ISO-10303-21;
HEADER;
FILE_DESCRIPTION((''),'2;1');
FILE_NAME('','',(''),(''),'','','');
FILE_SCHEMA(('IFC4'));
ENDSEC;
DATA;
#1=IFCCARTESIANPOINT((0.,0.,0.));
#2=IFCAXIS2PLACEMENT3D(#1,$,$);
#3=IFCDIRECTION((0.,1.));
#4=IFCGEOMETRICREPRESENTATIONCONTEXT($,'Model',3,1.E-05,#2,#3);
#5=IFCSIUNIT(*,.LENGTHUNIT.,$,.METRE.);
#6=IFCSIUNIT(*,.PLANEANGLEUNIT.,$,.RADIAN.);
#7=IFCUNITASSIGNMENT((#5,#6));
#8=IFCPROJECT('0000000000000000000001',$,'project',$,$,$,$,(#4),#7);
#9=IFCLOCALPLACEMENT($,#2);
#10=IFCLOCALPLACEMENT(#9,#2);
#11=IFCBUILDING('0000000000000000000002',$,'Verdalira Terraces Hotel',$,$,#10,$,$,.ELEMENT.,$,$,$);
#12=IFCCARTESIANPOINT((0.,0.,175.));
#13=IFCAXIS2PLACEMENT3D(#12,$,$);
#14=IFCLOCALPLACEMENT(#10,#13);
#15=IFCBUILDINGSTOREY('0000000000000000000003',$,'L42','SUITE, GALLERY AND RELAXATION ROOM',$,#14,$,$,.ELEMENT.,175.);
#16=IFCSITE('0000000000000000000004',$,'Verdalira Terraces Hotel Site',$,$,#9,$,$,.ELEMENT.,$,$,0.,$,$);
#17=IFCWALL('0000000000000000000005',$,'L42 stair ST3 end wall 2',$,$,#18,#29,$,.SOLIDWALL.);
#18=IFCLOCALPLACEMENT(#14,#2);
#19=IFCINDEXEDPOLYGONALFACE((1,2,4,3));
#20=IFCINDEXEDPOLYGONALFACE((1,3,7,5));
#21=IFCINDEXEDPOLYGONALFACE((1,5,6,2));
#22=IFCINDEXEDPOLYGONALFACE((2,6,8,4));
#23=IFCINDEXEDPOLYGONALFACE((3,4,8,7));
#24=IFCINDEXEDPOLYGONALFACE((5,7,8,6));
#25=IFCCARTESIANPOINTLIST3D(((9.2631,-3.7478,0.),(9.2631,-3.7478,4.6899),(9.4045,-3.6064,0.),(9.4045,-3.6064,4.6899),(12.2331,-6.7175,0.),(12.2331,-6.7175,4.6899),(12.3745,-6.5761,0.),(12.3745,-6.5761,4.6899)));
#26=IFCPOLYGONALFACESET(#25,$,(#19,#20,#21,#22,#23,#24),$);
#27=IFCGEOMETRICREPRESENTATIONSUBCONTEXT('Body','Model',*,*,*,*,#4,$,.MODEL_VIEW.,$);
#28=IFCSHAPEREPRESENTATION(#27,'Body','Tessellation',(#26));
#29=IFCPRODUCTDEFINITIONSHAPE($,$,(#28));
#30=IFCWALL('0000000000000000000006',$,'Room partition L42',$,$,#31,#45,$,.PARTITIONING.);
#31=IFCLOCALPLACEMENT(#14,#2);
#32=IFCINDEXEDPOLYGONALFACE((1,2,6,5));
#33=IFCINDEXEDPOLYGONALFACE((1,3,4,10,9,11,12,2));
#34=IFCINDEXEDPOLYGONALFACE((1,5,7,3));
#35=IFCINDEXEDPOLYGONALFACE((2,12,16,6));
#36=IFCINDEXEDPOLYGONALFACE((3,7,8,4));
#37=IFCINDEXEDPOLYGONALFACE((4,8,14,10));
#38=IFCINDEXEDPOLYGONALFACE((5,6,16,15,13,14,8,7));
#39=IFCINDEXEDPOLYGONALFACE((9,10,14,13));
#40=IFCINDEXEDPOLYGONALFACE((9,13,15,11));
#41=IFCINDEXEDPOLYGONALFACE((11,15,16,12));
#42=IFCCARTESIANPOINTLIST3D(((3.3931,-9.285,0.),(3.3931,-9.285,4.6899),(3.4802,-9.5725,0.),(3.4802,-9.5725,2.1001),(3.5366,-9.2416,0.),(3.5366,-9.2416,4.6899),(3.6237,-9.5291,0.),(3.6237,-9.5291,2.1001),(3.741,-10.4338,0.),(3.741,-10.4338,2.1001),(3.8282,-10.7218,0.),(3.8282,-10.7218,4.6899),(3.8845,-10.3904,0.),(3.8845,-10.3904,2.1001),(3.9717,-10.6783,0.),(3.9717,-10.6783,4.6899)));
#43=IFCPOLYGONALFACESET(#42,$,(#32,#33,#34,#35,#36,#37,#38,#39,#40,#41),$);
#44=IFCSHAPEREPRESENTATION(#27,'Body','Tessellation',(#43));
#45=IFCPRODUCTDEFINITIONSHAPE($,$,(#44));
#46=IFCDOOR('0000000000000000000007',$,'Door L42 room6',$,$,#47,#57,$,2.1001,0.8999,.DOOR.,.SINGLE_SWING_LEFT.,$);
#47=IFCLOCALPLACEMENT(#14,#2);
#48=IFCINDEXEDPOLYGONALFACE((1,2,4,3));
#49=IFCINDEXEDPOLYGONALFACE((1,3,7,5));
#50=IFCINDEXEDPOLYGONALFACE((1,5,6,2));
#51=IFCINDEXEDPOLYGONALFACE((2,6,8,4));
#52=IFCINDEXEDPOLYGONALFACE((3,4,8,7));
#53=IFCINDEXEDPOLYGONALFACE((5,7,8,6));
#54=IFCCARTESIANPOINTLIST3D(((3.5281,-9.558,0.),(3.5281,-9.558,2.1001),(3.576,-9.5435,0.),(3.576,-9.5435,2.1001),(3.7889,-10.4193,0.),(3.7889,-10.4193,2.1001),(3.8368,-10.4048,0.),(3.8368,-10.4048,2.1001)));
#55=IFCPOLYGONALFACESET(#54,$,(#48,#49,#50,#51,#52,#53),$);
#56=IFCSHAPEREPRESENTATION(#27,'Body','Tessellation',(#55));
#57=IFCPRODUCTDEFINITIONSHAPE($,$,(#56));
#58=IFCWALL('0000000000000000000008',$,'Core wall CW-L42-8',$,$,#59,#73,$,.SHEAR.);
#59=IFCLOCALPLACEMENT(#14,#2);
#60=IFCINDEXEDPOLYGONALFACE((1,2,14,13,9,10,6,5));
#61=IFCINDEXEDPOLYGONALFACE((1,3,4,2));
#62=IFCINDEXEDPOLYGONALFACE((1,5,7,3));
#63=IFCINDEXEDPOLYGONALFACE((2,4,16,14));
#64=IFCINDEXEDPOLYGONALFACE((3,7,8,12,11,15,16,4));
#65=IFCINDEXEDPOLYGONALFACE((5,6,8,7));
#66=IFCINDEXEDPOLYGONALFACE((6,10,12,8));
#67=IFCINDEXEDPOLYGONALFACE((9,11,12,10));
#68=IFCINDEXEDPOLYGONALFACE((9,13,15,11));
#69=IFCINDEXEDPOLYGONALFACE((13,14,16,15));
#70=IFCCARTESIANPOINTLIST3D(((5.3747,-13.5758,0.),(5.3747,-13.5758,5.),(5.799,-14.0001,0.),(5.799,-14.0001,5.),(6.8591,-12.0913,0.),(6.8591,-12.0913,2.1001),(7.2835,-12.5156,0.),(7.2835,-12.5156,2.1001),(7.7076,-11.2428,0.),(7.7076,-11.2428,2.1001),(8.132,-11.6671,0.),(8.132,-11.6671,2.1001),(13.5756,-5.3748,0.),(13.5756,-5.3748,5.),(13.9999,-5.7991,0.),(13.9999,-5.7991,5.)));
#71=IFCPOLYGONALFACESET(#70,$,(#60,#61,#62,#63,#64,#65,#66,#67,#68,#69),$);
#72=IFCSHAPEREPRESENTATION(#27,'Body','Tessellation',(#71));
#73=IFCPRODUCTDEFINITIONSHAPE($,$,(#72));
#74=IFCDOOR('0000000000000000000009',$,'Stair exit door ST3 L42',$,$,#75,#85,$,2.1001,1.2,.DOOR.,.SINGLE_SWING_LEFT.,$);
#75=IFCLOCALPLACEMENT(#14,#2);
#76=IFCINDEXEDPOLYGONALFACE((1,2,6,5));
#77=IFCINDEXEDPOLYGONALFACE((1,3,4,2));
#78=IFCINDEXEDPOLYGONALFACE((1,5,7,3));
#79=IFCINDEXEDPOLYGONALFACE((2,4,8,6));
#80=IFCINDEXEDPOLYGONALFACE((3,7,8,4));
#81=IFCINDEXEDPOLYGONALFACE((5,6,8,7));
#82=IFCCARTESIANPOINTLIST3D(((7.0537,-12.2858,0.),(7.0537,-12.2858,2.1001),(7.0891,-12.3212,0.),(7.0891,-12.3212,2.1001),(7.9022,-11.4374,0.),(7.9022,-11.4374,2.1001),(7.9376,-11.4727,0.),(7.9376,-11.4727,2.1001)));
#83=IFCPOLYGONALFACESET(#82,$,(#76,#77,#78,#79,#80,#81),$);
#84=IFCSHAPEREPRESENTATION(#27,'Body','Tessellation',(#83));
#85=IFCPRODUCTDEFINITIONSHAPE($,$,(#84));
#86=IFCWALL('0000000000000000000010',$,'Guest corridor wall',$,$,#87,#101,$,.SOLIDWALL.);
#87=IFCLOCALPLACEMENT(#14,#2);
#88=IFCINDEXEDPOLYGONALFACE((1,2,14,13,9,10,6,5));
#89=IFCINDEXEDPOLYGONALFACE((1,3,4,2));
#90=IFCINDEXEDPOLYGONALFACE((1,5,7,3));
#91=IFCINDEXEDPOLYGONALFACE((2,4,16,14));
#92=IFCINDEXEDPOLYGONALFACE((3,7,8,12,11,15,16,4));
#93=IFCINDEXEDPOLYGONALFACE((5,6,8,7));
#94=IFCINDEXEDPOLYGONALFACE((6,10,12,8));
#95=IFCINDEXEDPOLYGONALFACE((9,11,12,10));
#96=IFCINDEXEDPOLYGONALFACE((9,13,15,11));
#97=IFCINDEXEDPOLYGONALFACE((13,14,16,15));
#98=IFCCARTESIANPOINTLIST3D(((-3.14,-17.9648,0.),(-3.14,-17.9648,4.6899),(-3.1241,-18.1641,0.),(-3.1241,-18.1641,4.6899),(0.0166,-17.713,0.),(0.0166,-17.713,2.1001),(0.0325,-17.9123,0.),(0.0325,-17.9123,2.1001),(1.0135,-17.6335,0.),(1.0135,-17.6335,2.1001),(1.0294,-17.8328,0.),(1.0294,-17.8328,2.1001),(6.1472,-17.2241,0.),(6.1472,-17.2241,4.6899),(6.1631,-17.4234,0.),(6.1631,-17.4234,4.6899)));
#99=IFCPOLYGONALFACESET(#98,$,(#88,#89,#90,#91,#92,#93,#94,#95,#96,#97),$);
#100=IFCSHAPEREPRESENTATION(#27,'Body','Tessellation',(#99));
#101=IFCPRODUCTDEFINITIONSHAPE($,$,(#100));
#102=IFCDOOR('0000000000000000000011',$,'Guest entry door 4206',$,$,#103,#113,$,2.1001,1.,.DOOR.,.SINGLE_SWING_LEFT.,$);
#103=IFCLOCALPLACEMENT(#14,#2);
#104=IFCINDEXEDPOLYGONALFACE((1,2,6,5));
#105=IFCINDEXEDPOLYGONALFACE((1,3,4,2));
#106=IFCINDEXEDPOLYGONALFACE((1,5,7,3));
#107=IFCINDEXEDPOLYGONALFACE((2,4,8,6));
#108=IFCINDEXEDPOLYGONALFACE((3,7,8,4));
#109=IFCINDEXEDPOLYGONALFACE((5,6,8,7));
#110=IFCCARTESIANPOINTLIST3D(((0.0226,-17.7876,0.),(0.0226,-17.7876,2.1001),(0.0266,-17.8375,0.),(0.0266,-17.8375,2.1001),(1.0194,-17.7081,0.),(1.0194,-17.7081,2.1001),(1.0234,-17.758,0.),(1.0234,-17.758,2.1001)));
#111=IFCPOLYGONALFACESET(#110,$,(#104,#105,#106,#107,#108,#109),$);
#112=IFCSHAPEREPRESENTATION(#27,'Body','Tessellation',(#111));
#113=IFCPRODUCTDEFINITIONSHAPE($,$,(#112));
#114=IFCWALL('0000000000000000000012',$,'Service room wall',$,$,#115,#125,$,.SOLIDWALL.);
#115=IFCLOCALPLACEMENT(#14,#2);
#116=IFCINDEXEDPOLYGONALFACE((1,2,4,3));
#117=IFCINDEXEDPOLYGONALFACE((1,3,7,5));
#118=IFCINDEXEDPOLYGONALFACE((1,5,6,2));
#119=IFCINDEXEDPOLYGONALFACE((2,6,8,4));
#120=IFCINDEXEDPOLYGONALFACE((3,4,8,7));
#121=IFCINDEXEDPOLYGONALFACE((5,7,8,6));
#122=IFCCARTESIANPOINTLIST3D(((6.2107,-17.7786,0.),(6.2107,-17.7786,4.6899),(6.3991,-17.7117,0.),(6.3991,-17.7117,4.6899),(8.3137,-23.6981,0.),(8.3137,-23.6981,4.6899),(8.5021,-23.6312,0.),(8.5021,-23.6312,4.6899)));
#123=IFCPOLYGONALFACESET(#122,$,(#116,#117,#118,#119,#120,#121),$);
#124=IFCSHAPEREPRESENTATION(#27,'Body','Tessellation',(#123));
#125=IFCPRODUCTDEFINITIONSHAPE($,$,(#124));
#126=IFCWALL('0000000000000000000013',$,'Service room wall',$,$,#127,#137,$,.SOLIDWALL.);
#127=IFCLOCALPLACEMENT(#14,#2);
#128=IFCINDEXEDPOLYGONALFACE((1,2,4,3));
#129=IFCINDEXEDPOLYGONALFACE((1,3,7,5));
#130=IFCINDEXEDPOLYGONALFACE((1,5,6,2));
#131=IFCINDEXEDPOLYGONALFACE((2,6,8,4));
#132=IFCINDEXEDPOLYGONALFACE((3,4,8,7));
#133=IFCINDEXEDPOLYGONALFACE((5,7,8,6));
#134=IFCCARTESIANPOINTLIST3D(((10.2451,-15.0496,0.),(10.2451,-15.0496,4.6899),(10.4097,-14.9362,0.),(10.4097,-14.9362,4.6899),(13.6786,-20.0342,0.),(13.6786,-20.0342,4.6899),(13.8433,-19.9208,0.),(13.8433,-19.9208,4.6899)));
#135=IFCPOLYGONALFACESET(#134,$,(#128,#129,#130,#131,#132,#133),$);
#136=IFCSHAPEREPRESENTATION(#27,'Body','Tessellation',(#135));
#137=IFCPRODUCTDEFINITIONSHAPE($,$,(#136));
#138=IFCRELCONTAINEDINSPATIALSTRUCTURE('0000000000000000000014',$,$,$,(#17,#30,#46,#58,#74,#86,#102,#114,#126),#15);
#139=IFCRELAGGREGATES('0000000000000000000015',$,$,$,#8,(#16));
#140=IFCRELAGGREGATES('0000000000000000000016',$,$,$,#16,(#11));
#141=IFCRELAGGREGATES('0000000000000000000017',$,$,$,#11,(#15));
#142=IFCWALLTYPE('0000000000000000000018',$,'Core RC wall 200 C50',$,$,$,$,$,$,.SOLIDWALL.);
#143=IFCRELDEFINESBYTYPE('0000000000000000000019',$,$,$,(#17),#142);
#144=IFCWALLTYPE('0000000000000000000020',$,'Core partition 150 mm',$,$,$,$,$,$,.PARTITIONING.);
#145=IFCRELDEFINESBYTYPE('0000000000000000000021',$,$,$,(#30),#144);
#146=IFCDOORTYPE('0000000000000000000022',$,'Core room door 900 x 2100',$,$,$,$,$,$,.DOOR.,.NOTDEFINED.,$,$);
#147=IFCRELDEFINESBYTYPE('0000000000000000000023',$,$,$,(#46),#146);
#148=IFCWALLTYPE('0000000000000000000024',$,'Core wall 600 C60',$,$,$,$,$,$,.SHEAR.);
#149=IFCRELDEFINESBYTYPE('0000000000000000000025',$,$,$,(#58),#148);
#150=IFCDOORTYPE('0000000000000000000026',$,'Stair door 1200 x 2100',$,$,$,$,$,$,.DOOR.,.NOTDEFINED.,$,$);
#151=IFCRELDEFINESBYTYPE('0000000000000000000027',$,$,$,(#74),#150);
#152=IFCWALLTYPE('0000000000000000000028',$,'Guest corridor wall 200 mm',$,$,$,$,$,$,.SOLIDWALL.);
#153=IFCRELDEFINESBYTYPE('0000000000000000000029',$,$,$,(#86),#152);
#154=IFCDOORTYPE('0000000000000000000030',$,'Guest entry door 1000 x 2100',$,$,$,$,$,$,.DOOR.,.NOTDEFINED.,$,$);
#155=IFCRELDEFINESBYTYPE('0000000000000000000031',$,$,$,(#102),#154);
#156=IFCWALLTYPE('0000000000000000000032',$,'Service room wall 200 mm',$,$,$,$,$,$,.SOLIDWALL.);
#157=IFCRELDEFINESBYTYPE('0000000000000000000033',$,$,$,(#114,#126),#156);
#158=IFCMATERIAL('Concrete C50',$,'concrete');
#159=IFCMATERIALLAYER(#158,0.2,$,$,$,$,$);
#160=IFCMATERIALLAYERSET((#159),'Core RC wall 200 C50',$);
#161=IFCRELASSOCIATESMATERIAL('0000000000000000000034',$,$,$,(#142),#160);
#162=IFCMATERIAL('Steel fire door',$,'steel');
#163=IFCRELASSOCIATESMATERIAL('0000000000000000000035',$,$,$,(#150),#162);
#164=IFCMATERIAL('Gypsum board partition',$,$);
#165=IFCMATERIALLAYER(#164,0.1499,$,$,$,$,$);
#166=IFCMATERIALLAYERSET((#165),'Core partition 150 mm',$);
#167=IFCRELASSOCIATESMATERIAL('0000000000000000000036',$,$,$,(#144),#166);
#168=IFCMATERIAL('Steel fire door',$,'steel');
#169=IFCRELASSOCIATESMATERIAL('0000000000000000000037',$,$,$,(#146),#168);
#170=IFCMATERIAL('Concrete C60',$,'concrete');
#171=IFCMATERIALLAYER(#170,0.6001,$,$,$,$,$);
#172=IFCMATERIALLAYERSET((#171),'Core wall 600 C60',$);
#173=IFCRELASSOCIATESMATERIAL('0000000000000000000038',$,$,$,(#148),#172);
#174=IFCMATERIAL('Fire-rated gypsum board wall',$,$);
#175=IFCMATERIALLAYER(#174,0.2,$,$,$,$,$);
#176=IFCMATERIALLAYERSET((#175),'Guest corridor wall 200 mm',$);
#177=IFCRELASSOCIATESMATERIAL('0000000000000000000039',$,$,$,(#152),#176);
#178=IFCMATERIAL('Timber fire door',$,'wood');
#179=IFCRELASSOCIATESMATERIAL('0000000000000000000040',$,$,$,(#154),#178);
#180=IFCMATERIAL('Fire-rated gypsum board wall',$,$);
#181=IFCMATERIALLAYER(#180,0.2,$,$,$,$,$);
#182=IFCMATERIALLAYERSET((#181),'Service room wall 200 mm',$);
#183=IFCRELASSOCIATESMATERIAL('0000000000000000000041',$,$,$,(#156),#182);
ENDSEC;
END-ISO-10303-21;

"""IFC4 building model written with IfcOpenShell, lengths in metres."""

from ifc_helpers import new_model, si_unit, direction, frame, frame_2d, origin, place, context, subcontext, project, spatial, rectangle, extrude, material, layer, layer_set, type_object, element, fill, save


model = new_model("IFC4")

# Units and contexts
model_context = context("Model", 3, precision=1e-05, world=origin(), true_north=direction((0.0, 1.0)))
body_context = subcontext(model_context, "Body", "Model", "MODEL_VIEW")
ifc_project = project(units=[si_unit("LENGTHUNIT", "METRE"), si_unit("PLANEANGLEUNIT", "RADIAN")], contexts=[model_context])

# Site, building, storey
site_placement = place(None, origin())
site = spatial("IfcSite", under=ifc_project, at=site_placement, Name="Verdalira Terraces Hotel Site", CompositionType="ELEMENT", RefElevation=0.0)
building_placement = place(site_placement, origin())
building = spatial("IfcBuilding", under=site, at=building_placement, Name="Verdalira Terraces Hotel", CompositionType="ELEMENT")
storey_placement = place(building_placement, frame((0.0, 0.0, 175.0)))
storey = spatial("IfcBuildingStorey", under=building, at=storey_placement, Name="L42", Description="SUITE, GALLERY AND RELAXATION ROOM", CompositionType="ELEMENT", Elevation=175.0)

# Shared definitions
ifc_material_1 = material(Name="Concrete C50", Category="concrete")
ifc_layer_1 = layer(ifc_material_1, 0.2)
ifc_layer_set_1 = layer_set([ifc_layer_1], Name="Core RC wall 200 C50")
wall_type_1 = type_object("IfcWallType", Name="Core RC wall 200 C50", PredefinedType="SOLIDWALL", material=ifc_layer_set_1)
ifc_material_2 = material(Name="Steel fire door", Category="steel")
door_type_1 = type_object("IfcDoorType", Name="Stair door 1200 x 2100", OperationType="NOTDEFINED", PredefinedType="DOOR", material=ifc_material_2)

# Wall
for number, where, z_axis, x_axis, name in (
    (1, (9.3337, -3.677, 0.0), (0.0, 0.0, 1.0), (0.707136, -0.707078, 0.0), "L42 stair ST3 end wall 2"),
):
    element("IfcWall", number, at=place(storey_placement, frame(where, z_axis=z_axis, x_axis=x_axis)), inside=storey, type_object=wall_type_1, Name=name, PredefinedType="SOLIDWALL", context=body_context, shape_type="SweptSolid", body=[
        extrude(rectangle(XDim=4.2, YDim=0.2, at=frame_2d((2.1001, 0.0))), origin(), (0.0, 0.0, 1.0), 4.6899),
    ])

# Walls, openings, doors
ifc_material_3 = material(Name="Gypsum board partition")
ifc_layer_2 = layer(ifc_material_3, 0.1499)
ifc_layer_set_2 = layer_set([ifc_layer_2], Name="Core partition 150 mm")
wall_type_2 = type_object("IfcWallType", Name="Core partition 150 mm", PredefinedType="PARTITIONING", material=ifc_layer_set_2)
wall_1_placement = place(storey_placement, frame((3.8999, -10.7, 0.0), z_axis=(0.0, 0.0, 1.0), x_axis=(-0.289809, 0.957085, 0.0)))
wall_1 = element("IfcWall", 2, at=wall_1_placement, inside=storey, type_object=wall_type_2, Name="Room partition L42", PredefinedType="PARTITIONING", context=body_context, shape_type="SweptSolid", body=[
    extrude(rectangle(XDim=1.5012, YDim=0.1499, at=frame_2d((0.7505, 0.0))), origin(), (0.0, 0.0, 1.0), 4.6899),
])
opening_1_placement = place(wall_1_placement, frame((0.3008, 0.0, 0.0)))
opening_1 = element("IfcOpeningElement", 3, at=opening_1_placement, cuts=wall_1, PredefinedType="OPENING", context=body_context, shape_type="SweptSolid", body=[
    extrude(rectangle(XDim=0.8999, YDim=2.1001, at=frame_2d((0.45, 1.05))), frame((0.0, 0.085, 0.0), z_axis=(0.0, -1.0, 0.0), x_axis=(1.0, 0.0, 0.0)), (0.0, 0.0, 1.0), 0.1699),
])
ifc_material_4 = material(Name="Steel fire door", Category="steel")
door_type_2 = type_object("IfcDoorType", Name="Core room door 900 x 2100", OperationType="NOTDEFINED", PredefinedType="DOOR", material=ifc_material_4)
door_1_placement = place(opening_1_placement, origin())
door_1 = element("IfcDoor", 4, at=door_1_placement, inside=storey, type_object=door_type_2, Name="Door L42 room6", OperationType="SINGLE_SWING_LEFT", OverallHeight=2.1001, OverallWidth=0.8999, PredefinedType="DOOR", context=body_context, shape_type="SweptSolid", body=[
    extrude(rectangle(XDim=0.8999, YDim=2.1001, at=frame_2d((0.45, 1.05))), frame((0.0, 0.0249, 0.0), z_axis=(0.0, -1.0, 0.0), x_axis=(1.0, 0.0, 0.0)), (0.0, 0.0, 1.0), 0.05),
])
fill(opening_1, door_1)
ifc_material_5 = material(Name="Concrete C60", Category="concrete")
ifc_layer_3 = layer(ifc_material_5, 0.6001)
ifc_layer_set_3 = layer_set([ifc_layer_3], Name="Core wall 600 C60")
wall_type_3 = type_object("IfcWallType", Name="Core wall 600 C60", PredefinedType="SHEAR", material=ifc_layer_set_3)
wall_2_placement = place(storey_placement, frame((5.5869, -13.7878, 0.0), z_axis=(0.0, 0.0, 1.0), x_axis=(0.707107, 0.707107, 0.0)))
wall_2 = element("IfcWall", 5, at=wall_2_placement, inside=storey, type_object=wall_type_3, Name="Core wall CW-L42-8", PredefinedType="SHEAR", context=body_context, shape_type="SweptSolid", body=[
    extrude(rectangle(XDim=11.5979, YDim=0.6001, at=frame_2d((5.7988, 0.0))), origin(), (0.0, 0.0, 1.0), 5.0),
])
opening_2_placement = place(wall_2_placement, frame((2.0991, 0.0, 0.0)))
opening_2 = element("IfcOpeningElement", 6, at=opening_2_placement, cuts=wall_2, PredefinedType="OPENING", context=body_context, shape_type="SweptSolid", body=[
    extrude(rectangle(XDim=1.2, YDim=2.1001, at=frame_2d((0.6001, 1.05))), frame((0.0, 0.3101, 0.0), z_axis=(0.0, -1.0, 0.0), x_axis=(1.0, 0.0, 0.0)), (0.0, 0.0, 1.0), 0.6201),
])
door_2_placement = place(opening_2_placement, origin())
door_2 = element("IfcDoor", 7, at=door_2_placement, inside=storey, type_object=door_type_1, Name="Stair exit door ST3 L42", OperationType="SINGLE_SWING_LEFT", OverallHeight=2.1001, OverallWidth=1.2, PredefinedType="DOOR", context=body_context, shape_type="SweptSolid", body=[
    extrude(rectangle(XDim=1.2, YDim=2.1001, at=frame_2d((0.6001, 1.05))), frame((0.0, 0.0249, 0.0), z_axis=(0.0, -1.0, 0.0), x_axis=(1.0, 0.0, 0.0)), (0.0, 0.0, 1.0), 0.05),
])
fill(opening_2, door_2)
ifc_material_6 = material(Name="Fire-rated gypsum board wall")
ifc_layer_4 = layer(ifc_material_6, 0.2)
ifc_layer_set_4 = layer_set([ifc_layer_4], Name="Guest corridor wall 200 mm")
wall_type_4 = type_object("IfcWallType", Name="Guest corridor wall 200 mm", PredefinedType="SOLIDWALL", material=ifc_layer_set_4)
wall_3_placement = place(storey_placement, frame((6.155, -17.3237, 0.0), z_axis=(0.0, 0.0, 1.0), x_axis=(-0.996834, -0.079506, 0.0)))
wall_3 = element("IfcWall", 8, at=wall_3_placement, inside=storey, type_object=wall_type_4, Name="Guest corridor wall", PredefinedType="SOLIDWALL", context=body_context, shape_type="SweptSolid", body=[
    extrude(rectangle(XDim=9.3166, YDim=0.2, at=frame_2d((4.6582, 0.0))), origin(), (0.0, 0.0, 1.0), 4.6899),
])
opening_3_placement = place(wall_3_placement, frame((5.1499, 0.0, 0.0)))
opening_3 = element("IfcOpeningElement", 9, at=opening_3_placement, cuts=wall_3, PredefinedType="OPENING", context=body_context, shape_type="SweptSolid", body=[
    extrude(rectangle(XDim=1.0, YDim=2.1001, at=frame_2d((0.5, 1.05))), frame((0.0, 0.1099, 0.0), z_axis=(0.0, -1.0, 0.0), x_axis=(1.0, 0.0, 0.0)), (0.0, 0.0, 1.0), 0.22),
])
ifc_material_7 = material(Name="Timber fire door", Category="wood")
door_type_3 = type_object("IfcDoorType", Name="Guest entry door 1000 x 2100", OperationType="NOTDEFINED", PredefinedType="DOOR", material=ifc_material_7)
door_3_placement = place(opening_3_placement, origin())
door_3 = element("IfcDoor", 10, at=door_3_placement, inside=storey, type_object=door_type_3, Name="Guest entry door 4206", OperationType="SINGLE_SWING_LEFT", OverallHeight=2.1001, OverallWidth=1.0, PredefinedType="DOOR", context=body_context, shape_type="SweptSolid", body=[
    extrude(rectangle(XDim=1.0, YDim=2.1001, at=frame_2d((0.5, 1.05))), frame((0.0, 0.0249, 0.0), z_axis=(0.0, -1.0, 0.0), x_axis=(1.0, 0.0, 0.0)), (0.0, 0.0, 1.0), 0.05),
])
fill(opening_3, door_3)

# Walls
ifc_material_8 = material(Name="Fire-rated gypsum board wall")
ifc_layer_5 = layer(ifc_material_8, 0.2)
ifc_layer_set_5 = layer_set([ifc_layer_5], Name="Service room wall 200 mm")
wall_type_5 = type_object("IfcWallType", Name="Service room wall 200 mm", PredefinedType="SOLIDWALL", material=ifc_layer_set_5)
wall_4_placement = place(storey_placement, frame((8.408, -23.6648, 0.0), z_axis=(0.0, 0.0, 1.0), x_axis=(-0.334775, 0.942298, 0.0)))
element("IfcWall", 11, at=wall_4_placement, inside=storey, type_object=wall_type_5, Name="Service room wall", PredefinedType="SOLIDWALL", context=body_context, shape_type="SweptSolid", body=[
    extrude(rectangle(XDim=6.282, YDim=0.2, at=frame_2d((3.1411, 0.0))), origin(), (0.0, 0.0, 1.0), 4.6899),
])
wall_5_placement = place(storey_placement, frame((10.3274, -14.9929, 0.0), z_axis=(0.0, 0.0, 1.0), x_axis=(0.567277, -0.823527, 0.0)))
element("IfcWall", 12, at=wall_5_placement, inside=storey, type_object=wall_type_5, Name="Service room wall", PredefinedType="SOLIDWALL", context=body_context, shape_type="SweptSolid", body=[
    extrude(rectangle(XDim=6.0527, YDim=0.2, at=frame_2d((3.0264, 0.0))), origin(), (0.0, 0.0, 1.0), 4.6899),
])

save(model, "model.ifc")
